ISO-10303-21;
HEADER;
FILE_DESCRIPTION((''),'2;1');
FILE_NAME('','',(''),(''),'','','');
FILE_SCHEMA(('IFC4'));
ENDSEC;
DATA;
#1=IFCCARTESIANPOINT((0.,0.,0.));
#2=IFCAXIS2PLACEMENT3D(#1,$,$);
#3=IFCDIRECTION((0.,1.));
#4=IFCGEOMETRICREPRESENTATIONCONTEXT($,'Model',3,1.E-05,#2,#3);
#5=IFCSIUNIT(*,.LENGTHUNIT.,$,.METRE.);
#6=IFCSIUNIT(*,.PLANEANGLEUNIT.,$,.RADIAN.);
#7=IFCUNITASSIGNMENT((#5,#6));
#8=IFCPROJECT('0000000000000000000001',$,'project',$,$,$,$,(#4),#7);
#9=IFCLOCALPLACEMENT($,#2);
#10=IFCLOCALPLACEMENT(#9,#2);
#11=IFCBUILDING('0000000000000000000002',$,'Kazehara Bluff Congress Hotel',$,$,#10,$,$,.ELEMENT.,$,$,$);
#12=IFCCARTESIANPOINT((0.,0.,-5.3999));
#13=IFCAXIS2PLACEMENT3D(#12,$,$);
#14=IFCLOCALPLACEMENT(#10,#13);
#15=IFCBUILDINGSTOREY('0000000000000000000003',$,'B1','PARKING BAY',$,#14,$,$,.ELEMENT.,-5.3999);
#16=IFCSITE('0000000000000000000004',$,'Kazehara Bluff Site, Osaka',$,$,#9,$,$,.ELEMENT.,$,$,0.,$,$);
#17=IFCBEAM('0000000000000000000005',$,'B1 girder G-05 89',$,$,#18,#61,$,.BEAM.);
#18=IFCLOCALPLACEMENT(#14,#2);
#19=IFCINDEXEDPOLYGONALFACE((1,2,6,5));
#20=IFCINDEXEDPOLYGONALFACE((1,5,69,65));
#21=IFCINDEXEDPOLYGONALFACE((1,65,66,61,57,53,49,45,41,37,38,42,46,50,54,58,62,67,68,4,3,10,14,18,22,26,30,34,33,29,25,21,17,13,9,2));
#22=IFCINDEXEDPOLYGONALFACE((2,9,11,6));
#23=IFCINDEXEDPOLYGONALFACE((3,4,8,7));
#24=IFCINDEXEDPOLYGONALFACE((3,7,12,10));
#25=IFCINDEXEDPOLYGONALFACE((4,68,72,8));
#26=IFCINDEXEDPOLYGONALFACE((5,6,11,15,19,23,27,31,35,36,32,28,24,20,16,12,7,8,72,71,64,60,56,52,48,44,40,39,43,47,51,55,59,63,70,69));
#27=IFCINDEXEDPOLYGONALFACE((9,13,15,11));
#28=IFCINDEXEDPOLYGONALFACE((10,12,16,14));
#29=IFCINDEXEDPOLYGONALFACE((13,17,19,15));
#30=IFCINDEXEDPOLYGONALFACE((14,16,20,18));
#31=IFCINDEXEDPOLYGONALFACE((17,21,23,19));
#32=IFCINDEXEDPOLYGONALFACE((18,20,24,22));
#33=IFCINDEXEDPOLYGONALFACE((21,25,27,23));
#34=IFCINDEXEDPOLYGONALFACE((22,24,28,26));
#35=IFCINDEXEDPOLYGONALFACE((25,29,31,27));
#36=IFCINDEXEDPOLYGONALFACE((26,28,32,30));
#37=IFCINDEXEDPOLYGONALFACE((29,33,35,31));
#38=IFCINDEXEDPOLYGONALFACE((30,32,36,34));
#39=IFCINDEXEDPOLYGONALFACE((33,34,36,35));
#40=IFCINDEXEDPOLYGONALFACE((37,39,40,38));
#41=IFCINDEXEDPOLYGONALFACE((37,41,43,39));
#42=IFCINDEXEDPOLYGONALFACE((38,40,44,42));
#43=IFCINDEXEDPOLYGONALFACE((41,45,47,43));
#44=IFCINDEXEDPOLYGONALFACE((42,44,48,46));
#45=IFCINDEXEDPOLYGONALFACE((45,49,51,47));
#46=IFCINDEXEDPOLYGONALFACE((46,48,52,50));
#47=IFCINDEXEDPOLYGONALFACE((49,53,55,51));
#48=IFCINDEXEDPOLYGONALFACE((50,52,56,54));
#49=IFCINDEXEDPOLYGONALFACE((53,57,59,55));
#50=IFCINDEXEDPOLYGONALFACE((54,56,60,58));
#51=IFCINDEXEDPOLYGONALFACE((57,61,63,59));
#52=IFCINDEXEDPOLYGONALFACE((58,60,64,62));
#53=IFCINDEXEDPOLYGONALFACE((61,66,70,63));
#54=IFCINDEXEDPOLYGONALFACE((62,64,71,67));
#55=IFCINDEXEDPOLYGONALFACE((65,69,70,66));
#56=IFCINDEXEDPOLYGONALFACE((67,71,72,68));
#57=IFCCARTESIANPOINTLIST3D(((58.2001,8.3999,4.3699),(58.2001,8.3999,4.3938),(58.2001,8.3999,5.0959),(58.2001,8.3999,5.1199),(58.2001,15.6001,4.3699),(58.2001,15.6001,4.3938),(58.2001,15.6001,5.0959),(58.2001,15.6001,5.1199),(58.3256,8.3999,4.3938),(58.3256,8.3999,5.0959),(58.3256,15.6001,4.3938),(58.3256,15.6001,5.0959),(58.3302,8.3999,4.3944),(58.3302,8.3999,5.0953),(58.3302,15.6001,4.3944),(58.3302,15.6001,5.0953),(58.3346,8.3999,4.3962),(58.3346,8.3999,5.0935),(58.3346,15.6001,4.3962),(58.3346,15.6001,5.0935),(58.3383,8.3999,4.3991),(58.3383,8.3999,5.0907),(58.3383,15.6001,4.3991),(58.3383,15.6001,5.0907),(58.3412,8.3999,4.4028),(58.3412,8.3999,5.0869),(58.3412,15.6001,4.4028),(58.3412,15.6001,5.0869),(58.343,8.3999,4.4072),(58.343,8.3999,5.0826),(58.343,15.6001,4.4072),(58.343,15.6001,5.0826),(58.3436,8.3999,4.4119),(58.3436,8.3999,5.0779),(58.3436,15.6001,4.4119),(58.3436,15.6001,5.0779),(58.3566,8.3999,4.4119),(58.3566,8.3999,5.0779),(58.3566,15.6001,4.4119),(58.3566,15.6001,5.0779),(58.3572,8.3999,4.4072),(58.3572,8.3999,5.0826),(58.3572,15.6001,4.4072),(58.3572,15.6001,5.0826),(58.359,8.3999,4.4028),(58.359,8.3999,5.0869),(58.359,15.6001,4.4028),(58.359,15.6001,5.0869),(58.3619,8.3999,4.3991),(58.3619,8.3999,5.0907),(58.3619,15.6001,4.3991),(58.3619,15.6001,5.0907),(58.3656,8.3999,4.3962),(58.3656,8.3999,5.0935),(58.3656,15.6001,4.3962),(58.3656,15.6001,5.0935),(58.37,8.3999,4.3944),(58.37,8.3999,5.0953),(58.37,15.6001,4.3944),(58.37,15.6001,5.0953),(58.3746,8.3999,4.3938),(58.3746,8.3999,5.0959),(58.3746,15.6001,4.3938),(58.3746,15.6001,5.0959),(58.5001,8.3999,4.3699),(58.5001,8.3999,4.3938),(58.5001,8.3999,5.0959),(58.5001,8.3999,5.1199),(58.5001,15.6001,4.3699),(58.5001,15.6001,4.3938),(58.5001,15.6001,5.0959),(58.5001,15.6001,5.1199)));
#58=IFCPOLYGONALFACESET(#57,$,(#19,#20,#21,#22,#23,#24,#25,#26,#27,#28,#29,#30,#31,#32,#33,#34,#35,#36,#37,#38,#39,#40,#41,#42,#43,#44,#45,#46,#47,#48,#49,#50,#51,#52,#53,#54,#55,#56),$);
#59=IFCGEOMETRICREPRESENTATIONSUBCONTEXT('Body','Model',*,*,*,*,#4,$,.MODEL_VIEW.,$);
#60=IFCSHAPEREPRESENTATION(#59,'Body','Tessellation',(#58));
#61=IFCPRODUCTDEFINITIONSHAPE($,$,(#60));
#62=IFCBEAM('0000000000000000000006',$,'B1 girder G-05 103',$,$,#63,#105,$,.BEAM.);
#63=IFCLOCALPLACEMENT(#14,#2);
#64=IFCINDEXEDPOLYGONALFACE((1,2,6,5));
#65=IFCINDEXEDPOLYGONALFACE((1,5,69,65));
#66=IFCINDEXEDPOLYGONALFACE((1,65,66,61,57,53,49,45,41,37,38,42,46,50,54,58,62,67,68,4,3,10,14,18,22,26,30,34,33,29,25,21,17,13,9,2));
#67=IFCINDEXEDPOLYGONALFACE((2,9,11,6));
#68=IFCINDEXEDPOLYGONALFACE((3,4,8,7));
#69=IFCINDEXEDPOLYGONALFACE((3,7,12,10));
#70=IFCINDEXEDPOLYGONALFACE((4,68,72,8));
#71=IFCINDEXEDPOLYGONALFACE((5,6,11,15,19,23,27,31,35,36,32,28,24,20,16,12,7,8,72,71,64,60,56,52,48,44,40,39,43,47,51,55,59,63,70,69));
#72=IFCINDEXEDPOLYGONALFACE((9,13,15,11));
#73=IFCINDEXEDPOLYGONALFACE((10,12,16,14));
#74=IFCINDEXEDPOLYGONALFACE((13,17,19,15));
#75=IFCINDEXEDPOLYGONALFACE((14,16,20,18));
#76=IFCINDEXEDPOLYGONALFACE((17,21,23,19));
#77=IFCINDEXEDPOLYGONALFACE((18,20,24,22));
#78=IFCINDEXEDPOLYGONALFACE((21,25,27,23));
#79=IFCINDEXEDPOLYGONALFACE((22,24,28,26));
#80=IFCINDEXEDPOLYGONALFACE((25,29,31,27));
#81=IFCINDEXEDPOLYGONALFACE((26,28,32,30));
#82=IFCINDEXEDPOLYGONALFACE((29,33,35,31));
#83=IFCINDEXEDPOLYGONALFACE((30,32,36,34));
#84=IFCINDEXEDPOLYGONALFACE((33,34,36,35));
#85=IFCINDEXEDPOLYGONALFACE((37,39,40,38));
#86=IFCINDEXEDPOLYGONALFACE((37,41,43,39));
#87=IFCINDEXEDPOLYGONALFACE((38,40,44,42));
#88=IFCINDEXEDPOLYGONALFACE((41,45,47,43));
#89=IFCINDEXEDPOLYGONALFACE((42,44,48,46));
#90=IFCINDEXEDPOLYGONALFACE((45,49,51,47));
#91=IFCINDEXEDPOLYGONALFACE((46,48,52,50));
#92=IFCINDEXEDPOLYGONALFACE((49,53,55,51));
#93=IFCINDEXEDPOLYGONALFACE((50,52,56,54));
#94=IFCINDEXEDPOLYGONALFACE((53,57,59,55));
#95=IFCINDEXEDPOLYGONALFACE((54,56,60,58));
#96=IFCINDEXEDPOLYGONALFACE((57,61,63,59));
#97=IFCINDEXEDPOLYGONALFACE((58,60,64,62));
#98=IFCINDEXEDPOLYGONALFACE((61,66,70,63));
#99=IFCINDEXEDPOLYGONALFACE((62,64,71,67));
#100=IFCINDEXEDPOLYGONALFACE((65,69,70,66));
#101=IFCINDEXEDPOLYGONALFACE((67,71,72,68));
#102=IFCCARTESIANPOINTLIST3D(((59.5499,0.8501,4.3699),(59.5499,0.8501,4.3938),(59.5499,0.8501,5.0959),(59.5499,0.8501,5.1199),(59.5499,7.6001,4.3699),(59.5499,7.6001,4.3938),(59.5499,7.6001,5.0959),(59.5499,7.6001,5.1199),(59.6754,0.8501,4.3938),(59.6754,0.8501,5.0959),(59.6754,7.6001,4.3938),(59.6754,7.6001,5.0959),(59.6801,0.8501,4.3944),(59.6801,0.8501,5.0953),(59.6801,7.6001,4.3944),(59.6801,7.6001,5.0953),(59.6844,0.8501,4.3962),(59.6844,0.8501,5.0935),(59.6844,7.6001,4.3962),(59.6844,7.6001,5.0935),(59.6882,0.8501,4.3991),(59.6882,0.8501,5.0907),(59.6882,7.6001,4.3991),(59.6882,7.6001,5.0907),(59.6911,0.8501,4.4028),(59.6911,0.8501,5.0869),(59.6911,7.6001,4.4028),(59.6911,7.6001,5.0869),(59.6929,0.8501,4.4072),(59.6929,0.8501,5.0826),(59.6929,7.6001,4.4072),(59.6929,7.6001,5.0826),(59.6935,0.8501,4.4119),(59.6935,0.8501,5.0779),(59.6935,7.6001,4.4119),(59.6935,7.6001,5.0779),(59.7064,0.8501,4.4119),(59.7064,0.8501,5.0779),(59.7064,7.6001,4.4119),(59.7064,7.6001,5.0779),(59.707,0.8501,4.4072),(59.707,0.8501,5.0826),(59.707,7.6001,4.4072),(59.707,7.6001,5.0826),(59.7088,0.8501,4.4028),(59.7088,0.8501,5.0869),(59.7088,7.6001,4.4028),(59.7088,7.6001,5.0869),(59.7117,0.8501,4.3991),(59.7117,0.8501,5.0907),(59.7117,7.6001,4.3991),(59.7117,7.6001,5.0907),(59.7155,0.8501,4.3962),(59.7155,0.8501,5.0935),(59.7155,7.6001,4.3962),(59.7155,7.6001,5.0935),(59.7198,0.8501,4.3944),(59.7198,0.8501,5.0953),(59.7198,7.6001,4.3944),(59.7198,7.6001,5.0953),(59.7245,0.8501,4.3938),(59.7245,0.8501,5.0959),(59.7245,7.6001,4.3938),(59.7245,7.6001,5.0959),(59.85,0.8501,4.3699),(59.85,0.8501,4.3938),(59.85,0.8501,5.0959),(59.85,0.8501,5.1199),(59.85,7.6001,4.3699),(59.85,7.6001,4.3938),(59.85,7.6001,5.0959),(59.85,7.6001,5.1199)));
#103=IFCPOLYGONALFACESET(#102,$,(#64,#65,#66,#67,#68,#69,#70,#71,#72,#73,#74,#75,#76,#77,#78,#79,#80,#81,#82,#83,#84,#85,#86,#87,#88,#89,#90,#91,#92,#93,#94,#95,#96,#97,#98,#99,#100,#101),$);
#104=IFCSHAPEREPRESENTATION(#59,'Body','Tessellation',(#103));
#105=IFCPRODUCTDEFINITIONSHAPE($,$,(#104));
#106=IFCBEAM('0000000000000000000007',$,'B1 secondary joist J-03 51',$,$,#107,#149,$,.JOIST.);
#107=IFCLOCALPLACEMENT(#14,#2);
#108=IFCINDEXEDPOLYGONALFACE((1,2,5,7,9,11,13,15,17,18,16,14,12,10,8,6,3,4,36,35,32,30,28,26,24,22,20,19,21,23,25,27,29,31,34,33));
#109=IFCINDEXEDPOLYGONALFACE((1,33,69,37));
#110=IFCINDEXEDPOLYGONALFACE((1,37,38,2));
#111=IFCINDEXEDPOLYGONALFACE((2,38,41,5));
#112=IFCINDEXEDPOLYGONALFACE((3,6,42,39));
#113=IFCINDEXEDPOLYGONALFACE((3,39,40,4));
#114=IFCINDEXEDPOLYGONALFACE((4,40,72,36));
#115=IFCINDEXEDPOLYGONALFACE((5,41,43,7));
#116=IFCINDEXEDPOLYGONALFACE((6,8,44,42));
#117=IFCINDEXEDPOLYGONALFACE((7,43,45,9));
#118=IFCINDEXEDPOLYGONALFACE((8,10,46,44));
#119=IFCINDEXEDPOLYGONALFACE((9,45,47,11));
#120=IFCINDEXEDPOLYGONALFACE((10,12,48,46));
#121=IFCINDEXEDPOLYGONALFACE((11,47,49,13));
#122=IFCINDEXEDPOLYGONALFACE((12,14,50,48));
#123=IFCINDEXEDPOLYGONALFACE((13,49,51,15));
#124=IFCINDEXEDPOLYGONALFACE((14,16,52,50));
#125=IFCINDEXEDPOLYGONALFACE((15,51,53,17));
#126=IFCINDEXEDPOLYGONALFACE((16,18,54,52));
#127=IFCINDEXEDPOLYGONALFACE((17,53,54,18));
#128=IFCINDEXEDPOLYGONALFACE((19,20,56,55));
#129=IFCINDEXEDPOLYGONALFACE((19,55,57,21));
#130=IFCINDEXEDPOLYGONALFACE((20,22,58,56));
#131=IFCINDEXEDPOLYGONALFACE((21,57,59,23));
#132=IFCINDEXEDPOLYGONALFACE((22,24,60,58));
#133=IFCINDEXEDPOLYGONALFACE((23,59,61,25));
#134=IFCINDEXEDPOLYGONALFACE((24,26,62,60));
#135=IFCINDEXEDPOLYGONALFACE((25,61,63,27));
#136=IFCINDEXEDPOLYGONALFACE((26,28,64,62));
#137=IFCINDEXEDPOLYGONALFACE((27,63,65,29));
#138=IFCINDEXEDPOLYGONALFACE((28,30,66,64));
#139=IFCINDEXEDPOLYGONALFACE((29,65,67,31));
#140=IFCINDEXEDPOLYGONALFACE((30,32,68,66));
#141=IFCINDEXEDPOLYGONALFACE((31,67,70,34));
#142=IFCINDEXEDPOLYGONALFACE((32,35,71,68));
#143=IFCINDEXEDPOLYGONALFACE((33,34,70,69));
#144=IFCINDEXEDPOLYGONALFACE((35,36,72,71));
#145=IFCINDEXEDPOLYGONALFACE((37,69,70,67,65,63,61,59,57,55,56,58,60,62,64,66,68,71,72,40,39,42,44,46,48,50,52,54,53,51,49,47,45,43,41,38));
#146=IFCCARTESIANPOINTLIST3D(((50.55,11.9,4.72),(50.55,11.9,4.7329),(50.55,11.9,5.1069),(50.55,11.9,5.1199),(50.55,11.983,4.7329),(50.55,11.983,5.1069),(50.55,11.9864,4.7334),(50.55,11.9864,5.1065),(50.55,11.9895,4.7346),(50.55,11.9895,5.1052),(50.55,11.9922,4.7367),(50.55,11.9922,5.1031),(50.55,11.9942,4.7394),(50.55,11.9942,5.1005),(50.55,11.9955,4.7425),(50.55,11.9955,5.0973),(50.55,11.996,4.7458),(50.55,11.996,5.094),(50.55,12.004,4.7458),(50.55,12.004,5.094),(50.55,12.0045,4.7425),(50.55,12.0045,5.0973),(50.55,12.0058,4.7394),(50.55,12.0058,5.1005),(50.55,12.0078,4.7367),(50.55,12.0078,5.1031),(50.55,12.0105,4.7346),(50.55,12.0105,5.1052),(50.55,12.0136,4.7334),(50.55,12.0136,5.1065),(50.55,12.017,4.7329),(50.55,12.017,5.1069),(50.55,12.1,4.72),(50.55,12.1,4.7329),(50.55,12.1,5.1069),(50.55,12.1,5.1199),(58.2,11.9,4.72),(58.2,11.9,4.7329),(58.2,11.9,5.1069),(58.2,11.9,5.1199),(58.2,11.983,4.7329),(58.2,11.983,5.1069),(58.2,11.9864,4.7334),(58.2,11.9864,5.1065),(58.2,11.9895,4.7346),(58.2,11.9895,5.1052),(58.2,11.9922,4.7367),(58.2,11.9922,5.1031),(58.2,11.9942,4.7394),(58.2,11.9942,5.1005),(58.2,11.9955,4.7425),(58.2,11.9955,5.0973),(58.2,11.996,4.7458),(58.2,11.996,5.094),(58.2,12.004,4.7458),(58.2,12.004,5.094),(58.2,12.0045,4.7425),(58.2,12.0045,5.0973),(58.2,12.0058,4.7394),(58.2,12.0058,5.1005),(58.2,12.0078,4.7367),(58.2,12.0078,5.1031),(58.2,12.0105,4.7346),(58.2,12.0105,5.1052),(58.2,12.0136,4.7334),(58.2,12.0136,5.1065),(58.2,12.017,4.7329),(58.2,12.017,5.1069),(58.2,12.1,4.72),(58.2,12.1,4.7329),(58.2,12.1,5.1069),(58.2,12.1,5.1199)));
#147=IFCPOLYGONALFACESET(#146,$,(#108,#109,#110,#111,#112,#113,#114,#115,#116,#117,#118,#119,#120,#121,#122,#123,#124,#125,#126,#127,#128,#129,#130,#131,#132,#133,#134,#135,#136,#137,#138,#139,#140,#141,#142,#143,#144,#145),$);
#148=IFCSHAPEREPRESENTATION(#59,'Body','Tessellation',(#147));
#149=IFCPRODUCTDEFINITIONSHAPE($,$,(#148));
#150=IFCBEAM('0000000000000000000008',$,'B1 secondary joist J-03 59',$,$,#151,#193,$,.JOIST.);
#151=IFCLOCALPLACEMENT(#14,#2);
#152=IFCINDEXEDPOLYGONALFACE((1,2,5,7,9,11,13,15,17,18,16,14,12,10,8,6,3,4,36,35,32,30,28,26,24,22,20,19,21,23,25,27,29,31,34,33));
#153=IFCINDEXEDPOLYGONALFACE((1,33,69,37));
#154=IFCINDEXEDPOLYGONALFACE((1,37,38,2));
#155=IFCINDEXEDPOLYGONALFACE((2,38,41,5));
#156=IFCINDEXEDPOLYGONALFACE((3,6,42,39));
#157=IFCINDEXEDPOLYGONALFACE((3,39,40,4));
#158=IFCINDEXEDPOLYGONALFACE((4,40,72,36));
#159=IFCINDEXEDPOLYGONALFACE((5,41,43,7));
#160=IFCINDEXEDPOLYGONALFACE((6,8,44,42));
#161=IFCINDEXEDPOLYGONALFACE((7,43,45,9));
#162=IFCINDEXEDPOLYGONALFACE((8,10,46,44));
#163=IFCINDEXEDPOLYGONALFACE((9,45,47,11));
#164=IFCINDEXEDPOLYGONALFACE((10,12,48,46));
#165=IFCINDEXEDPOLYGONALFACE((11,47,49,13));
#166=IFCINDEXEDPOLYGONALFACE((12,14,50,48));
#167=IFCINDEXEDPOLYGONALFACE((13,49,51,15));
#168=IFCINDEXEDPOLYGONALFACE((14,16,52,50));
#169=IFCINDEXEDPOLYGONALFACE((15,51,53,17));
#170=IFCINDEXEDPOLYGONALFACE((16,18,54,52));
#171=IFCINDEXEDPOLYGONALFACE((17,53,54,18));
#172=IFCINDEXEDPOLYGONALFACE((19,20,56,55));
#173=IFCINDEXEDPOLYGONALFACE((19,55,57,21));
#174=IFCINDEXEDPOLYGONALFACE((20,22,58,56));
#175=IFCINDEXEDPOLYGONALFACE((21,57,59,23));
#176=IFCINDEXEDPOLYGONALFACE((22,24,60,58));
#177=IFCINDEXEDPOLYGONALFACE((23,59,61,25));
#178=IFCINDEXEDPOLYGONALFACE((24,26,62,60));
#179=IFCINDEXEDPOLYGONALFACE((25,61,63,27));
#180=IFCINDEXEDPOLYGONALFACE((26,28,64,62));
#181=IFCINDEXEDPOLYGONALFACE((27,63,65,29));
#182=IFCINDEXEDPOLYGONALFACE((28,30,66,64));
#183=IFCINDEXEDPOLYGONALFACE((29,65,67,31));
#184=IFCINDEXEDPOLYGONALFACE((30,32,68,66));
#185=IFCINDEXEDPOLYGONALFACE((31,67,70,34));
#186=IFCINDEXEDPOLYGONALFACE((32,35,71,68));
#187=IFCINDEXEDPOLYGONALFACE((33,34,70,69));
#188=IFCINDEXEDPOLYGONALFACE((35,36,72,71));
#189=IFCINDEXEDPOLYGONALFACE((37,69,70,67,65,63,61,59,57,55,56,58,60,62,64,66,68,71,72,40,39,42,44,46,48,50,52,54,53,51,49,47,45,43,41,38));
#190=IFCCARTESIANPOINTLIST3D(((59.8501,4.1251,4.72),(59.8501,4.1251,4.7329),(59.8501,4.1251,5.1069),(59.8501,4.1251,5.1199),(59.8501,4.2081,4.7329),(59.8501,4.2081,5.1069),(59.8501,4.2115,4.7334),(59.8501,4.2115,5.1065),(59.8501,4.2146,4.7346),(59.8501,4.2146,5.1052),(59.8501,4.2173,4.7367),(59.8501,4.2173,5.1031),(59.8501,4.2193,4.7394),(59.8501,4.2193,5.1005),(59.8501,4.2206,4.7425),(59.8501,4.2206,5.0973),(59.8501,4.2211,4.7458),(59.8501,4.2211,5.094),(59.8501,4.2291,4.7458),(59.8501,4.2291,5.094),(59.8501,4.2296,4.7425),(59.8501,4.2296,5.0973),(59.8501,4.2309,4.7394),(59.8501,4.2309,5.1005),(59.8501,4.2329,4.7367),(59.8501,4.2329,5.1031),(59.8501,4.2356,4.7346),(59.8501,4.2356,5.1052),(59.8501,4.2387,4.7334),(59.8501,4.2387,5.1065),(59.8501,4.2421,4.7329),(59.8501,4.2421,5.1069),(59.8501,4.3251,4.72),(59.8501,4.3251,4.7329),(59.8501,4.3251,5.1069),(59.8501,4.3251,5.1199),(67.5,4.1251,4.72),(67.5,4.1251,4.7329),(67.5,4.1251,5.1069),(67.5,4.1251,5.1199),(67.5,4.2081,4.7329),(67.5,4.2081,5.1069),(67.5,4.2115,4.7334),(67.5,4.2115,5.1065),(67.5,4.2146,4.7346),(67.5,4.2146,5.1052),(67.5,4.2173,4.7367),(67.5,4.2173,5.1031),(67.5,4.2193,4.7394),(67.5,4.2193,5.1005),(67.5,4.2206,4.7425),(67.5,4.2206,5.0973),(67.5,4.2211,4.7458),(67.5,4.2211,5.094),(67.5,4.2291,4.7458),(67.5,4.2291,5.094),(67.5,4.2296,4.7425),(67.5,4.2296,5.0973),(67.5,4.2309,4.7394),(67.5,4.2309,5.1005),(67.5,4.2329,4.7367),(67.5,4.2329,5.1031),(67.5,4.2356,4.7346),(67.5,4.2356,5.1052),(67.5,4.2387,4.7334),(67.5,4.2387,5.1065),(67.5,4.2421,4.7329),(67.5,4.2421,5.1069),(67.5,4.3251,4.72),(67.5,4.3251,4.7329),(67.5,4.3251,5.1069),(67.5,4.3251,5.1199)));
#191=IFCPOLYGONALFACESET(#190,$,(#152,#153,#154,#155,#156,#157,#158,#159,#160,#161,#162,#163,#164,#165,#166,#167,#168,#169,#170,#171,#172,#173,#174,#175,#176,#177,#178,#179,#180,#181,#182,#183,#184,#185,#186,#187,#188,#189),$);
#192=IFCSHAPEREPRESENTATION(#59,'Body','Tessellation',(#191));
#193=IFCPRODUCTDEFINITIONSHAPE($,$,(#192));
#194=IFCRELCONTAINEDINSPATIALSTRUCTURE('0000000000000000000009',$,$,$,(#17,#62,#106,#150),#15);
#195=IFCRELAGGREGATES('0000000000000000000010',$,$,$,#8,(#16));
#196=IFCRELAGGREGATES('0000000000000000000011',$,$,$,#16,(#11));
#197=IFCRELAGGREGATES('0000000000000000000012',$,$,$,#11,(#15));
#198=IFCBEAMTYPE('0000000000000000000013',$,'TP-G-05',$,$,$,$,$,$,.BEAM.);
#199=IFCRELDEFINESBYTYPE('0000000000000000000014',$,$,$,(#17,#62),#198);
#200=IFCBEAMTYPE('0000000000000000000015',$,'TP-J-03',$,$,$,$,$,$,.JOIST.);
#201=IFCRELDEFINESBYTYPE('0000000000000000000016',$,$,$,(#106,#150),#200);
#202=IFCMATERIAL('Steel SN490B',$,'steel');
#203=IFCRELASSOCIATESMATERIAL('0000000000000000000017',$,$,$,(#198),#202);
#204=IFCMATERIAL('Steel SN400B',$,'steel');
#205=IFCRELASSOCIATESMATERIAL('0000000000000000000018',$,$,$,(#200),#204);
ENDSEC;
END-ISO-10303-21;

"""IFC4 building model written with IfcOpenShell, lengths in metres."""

from ifc_helpers import new_model, si_unit, direction, frame, origin, origin_2d, place, context, subcontext, project, spatial, i_section, extrude, material, material_profile, profile_set, type_object, element, save


model = new_model("IFC4")

# Units and contexts
model_context = context("Model", 3, precision=1e-05, world=origin(), true_north=direction((0.0, 1.0)))
body_context = subcontext(model_context, "Body", "Model", "MODEL_VIEW")
ifc_project = project(units=[si_unit("LENGTHUNIT", "METRE"), si_unit("PLANEANGLEUNIT", "RADIAN")], contexts=[model_context])

# Site, building, storey
site_placement = place(None, origin())
site = spatial("IfcSite", under=ifc_project, at=site_placement, Name="Kazehara Bluff Site, Osaka", CompositionType="ELEMENT", RefElevation=0.0)
building_placement = place(site_placement, origin())
building = spatial("IfcBuilding", under=site, at=building_placement, Name="Kazehara Bluff Congress Hotel", CompositionType="ELEMENT")
storey_placement = place(building_placement, frame((0.0, 0.0, -5.3999)))
storey = spatial("IfcBuildingStorey", under=building, at=storey_placement, Name="B1", Description="PARKING BAY", CompositionType="ELEMENT", Elevation=-5.3999)

# Beams
ifc_material_1 = material(Name="Steel SN490B", Category="steel")
ifc_material_profile_1 = material_profile(ifc_material_1, i_section(OverallWidth=0.3, OverallDepth=0.75, WebThickness=0.0129, FlangeThickness=0.0239, FilletRadius=0.0181, at=origin_2d()))
ifc_profile_set_1 = profile_set([ifc_material_profile_1], Name="Steel SN490B")
beam_type_1 = type_object("IfcBeamType", Name="TP-G-05", PredefinedType="BEAM", material=ifc_profile_set_1)
beam_1_placement = place(storey_placement, frame((58.3501, 8.3999, 4.7449), z_axis=(0.0, 1.0, 0.0), x_axis=(-1.0, 0.0, 0.0)))
element("IfcBeam", 1, at=beam_1_placement, inside=storey, type_object=beam_type_1, Name="B1 girder G-05 89", PredefinedType="BEAM", context=body_context, shape_type="SweptSolid", body=[
    extrude(i_section(OverallWidth=0.3, OverallDepth=0.75, WebThickness=0.0129, FlangeThickness=0.0239, FilletRadius=0.0181, at=origin_2d()), origin(), (0.0, 0.0, 1.0), 7.2002),
])
beam_2_placement = place(storey_placement, frame((59.7, 0.8501, 4.7449), z_axis=(0.0, 1.0, 0.0), x_axis=(-1.0, 0.0, 0.0)))
element("IfcBeam", 2, at=beam_2_placement, inside=storey, type_object=beam_type_1, Name="B1 girder G-05 103", PredefinedType="BEAM", context=body_context, shape_type="SweptSolid", body=[
    extrude(i_section(OverallWidth=0.3, OverallDepth=0.75, WebThickness=0.0129, FlangeThickness=0.0239, FilletRadius=0.0181, at=origin_2d()), origin(), (0.0, 0.0, 1.0), 6.75),
])
ifc_material_2 = material(Name="Steel SN400B", Category="steel")
ifc_material_profile_2 = material_profile(ifc_material_2, i_section(OverallWidth=0.2, OverallDepth=0.3999, WebThickness=0.0081, FlangeThickness=0.0129, FilletRadius=0.0129, at=origin_2d()))
ifc_profile_set_2 = profile_set([ifc_material_profile_2], Name="Steel SN400B")
beam_type_2 = type_object("IfcBeamType", Name="TP-J-03", PredefinedType="JOIST", material=ifc_profile_set_2)
for number, where, z_axis, x_axis, name in (
    (3, (50.55, 12.0, 4.9199), (1.0, 0.0, 0.0), (0.0, 1.0, 0.0), "B1 secondary joist J-03 51"),
    (4, (59.8501, 4.2251, 4.9199), (1.0, 0.0, 0.0), (0.0, 1.0, 0.0), "B1 secondary joist J-03 59"),
):
    element("IfcBeam", number, at=place(storey_placement, frame(where, z_axis=z_axis, x_axis=x_axis)), inside=storey, type_object=beam_type_2, Name=name, PredefinedType="JOIST", context=body_context, shape_type="SweptSolid", body=[
        extrude(i_section(OverallWidth=0.2, OverallDepth=0.3999, WebThickness=0.0081, FlangeThickness=0.0129, FilletRadius=0.0129, at=origin_2d()), origin(), (0.0, 0.0, 1.0), 7.6499),
    ])

save(model, "model.ifc")
